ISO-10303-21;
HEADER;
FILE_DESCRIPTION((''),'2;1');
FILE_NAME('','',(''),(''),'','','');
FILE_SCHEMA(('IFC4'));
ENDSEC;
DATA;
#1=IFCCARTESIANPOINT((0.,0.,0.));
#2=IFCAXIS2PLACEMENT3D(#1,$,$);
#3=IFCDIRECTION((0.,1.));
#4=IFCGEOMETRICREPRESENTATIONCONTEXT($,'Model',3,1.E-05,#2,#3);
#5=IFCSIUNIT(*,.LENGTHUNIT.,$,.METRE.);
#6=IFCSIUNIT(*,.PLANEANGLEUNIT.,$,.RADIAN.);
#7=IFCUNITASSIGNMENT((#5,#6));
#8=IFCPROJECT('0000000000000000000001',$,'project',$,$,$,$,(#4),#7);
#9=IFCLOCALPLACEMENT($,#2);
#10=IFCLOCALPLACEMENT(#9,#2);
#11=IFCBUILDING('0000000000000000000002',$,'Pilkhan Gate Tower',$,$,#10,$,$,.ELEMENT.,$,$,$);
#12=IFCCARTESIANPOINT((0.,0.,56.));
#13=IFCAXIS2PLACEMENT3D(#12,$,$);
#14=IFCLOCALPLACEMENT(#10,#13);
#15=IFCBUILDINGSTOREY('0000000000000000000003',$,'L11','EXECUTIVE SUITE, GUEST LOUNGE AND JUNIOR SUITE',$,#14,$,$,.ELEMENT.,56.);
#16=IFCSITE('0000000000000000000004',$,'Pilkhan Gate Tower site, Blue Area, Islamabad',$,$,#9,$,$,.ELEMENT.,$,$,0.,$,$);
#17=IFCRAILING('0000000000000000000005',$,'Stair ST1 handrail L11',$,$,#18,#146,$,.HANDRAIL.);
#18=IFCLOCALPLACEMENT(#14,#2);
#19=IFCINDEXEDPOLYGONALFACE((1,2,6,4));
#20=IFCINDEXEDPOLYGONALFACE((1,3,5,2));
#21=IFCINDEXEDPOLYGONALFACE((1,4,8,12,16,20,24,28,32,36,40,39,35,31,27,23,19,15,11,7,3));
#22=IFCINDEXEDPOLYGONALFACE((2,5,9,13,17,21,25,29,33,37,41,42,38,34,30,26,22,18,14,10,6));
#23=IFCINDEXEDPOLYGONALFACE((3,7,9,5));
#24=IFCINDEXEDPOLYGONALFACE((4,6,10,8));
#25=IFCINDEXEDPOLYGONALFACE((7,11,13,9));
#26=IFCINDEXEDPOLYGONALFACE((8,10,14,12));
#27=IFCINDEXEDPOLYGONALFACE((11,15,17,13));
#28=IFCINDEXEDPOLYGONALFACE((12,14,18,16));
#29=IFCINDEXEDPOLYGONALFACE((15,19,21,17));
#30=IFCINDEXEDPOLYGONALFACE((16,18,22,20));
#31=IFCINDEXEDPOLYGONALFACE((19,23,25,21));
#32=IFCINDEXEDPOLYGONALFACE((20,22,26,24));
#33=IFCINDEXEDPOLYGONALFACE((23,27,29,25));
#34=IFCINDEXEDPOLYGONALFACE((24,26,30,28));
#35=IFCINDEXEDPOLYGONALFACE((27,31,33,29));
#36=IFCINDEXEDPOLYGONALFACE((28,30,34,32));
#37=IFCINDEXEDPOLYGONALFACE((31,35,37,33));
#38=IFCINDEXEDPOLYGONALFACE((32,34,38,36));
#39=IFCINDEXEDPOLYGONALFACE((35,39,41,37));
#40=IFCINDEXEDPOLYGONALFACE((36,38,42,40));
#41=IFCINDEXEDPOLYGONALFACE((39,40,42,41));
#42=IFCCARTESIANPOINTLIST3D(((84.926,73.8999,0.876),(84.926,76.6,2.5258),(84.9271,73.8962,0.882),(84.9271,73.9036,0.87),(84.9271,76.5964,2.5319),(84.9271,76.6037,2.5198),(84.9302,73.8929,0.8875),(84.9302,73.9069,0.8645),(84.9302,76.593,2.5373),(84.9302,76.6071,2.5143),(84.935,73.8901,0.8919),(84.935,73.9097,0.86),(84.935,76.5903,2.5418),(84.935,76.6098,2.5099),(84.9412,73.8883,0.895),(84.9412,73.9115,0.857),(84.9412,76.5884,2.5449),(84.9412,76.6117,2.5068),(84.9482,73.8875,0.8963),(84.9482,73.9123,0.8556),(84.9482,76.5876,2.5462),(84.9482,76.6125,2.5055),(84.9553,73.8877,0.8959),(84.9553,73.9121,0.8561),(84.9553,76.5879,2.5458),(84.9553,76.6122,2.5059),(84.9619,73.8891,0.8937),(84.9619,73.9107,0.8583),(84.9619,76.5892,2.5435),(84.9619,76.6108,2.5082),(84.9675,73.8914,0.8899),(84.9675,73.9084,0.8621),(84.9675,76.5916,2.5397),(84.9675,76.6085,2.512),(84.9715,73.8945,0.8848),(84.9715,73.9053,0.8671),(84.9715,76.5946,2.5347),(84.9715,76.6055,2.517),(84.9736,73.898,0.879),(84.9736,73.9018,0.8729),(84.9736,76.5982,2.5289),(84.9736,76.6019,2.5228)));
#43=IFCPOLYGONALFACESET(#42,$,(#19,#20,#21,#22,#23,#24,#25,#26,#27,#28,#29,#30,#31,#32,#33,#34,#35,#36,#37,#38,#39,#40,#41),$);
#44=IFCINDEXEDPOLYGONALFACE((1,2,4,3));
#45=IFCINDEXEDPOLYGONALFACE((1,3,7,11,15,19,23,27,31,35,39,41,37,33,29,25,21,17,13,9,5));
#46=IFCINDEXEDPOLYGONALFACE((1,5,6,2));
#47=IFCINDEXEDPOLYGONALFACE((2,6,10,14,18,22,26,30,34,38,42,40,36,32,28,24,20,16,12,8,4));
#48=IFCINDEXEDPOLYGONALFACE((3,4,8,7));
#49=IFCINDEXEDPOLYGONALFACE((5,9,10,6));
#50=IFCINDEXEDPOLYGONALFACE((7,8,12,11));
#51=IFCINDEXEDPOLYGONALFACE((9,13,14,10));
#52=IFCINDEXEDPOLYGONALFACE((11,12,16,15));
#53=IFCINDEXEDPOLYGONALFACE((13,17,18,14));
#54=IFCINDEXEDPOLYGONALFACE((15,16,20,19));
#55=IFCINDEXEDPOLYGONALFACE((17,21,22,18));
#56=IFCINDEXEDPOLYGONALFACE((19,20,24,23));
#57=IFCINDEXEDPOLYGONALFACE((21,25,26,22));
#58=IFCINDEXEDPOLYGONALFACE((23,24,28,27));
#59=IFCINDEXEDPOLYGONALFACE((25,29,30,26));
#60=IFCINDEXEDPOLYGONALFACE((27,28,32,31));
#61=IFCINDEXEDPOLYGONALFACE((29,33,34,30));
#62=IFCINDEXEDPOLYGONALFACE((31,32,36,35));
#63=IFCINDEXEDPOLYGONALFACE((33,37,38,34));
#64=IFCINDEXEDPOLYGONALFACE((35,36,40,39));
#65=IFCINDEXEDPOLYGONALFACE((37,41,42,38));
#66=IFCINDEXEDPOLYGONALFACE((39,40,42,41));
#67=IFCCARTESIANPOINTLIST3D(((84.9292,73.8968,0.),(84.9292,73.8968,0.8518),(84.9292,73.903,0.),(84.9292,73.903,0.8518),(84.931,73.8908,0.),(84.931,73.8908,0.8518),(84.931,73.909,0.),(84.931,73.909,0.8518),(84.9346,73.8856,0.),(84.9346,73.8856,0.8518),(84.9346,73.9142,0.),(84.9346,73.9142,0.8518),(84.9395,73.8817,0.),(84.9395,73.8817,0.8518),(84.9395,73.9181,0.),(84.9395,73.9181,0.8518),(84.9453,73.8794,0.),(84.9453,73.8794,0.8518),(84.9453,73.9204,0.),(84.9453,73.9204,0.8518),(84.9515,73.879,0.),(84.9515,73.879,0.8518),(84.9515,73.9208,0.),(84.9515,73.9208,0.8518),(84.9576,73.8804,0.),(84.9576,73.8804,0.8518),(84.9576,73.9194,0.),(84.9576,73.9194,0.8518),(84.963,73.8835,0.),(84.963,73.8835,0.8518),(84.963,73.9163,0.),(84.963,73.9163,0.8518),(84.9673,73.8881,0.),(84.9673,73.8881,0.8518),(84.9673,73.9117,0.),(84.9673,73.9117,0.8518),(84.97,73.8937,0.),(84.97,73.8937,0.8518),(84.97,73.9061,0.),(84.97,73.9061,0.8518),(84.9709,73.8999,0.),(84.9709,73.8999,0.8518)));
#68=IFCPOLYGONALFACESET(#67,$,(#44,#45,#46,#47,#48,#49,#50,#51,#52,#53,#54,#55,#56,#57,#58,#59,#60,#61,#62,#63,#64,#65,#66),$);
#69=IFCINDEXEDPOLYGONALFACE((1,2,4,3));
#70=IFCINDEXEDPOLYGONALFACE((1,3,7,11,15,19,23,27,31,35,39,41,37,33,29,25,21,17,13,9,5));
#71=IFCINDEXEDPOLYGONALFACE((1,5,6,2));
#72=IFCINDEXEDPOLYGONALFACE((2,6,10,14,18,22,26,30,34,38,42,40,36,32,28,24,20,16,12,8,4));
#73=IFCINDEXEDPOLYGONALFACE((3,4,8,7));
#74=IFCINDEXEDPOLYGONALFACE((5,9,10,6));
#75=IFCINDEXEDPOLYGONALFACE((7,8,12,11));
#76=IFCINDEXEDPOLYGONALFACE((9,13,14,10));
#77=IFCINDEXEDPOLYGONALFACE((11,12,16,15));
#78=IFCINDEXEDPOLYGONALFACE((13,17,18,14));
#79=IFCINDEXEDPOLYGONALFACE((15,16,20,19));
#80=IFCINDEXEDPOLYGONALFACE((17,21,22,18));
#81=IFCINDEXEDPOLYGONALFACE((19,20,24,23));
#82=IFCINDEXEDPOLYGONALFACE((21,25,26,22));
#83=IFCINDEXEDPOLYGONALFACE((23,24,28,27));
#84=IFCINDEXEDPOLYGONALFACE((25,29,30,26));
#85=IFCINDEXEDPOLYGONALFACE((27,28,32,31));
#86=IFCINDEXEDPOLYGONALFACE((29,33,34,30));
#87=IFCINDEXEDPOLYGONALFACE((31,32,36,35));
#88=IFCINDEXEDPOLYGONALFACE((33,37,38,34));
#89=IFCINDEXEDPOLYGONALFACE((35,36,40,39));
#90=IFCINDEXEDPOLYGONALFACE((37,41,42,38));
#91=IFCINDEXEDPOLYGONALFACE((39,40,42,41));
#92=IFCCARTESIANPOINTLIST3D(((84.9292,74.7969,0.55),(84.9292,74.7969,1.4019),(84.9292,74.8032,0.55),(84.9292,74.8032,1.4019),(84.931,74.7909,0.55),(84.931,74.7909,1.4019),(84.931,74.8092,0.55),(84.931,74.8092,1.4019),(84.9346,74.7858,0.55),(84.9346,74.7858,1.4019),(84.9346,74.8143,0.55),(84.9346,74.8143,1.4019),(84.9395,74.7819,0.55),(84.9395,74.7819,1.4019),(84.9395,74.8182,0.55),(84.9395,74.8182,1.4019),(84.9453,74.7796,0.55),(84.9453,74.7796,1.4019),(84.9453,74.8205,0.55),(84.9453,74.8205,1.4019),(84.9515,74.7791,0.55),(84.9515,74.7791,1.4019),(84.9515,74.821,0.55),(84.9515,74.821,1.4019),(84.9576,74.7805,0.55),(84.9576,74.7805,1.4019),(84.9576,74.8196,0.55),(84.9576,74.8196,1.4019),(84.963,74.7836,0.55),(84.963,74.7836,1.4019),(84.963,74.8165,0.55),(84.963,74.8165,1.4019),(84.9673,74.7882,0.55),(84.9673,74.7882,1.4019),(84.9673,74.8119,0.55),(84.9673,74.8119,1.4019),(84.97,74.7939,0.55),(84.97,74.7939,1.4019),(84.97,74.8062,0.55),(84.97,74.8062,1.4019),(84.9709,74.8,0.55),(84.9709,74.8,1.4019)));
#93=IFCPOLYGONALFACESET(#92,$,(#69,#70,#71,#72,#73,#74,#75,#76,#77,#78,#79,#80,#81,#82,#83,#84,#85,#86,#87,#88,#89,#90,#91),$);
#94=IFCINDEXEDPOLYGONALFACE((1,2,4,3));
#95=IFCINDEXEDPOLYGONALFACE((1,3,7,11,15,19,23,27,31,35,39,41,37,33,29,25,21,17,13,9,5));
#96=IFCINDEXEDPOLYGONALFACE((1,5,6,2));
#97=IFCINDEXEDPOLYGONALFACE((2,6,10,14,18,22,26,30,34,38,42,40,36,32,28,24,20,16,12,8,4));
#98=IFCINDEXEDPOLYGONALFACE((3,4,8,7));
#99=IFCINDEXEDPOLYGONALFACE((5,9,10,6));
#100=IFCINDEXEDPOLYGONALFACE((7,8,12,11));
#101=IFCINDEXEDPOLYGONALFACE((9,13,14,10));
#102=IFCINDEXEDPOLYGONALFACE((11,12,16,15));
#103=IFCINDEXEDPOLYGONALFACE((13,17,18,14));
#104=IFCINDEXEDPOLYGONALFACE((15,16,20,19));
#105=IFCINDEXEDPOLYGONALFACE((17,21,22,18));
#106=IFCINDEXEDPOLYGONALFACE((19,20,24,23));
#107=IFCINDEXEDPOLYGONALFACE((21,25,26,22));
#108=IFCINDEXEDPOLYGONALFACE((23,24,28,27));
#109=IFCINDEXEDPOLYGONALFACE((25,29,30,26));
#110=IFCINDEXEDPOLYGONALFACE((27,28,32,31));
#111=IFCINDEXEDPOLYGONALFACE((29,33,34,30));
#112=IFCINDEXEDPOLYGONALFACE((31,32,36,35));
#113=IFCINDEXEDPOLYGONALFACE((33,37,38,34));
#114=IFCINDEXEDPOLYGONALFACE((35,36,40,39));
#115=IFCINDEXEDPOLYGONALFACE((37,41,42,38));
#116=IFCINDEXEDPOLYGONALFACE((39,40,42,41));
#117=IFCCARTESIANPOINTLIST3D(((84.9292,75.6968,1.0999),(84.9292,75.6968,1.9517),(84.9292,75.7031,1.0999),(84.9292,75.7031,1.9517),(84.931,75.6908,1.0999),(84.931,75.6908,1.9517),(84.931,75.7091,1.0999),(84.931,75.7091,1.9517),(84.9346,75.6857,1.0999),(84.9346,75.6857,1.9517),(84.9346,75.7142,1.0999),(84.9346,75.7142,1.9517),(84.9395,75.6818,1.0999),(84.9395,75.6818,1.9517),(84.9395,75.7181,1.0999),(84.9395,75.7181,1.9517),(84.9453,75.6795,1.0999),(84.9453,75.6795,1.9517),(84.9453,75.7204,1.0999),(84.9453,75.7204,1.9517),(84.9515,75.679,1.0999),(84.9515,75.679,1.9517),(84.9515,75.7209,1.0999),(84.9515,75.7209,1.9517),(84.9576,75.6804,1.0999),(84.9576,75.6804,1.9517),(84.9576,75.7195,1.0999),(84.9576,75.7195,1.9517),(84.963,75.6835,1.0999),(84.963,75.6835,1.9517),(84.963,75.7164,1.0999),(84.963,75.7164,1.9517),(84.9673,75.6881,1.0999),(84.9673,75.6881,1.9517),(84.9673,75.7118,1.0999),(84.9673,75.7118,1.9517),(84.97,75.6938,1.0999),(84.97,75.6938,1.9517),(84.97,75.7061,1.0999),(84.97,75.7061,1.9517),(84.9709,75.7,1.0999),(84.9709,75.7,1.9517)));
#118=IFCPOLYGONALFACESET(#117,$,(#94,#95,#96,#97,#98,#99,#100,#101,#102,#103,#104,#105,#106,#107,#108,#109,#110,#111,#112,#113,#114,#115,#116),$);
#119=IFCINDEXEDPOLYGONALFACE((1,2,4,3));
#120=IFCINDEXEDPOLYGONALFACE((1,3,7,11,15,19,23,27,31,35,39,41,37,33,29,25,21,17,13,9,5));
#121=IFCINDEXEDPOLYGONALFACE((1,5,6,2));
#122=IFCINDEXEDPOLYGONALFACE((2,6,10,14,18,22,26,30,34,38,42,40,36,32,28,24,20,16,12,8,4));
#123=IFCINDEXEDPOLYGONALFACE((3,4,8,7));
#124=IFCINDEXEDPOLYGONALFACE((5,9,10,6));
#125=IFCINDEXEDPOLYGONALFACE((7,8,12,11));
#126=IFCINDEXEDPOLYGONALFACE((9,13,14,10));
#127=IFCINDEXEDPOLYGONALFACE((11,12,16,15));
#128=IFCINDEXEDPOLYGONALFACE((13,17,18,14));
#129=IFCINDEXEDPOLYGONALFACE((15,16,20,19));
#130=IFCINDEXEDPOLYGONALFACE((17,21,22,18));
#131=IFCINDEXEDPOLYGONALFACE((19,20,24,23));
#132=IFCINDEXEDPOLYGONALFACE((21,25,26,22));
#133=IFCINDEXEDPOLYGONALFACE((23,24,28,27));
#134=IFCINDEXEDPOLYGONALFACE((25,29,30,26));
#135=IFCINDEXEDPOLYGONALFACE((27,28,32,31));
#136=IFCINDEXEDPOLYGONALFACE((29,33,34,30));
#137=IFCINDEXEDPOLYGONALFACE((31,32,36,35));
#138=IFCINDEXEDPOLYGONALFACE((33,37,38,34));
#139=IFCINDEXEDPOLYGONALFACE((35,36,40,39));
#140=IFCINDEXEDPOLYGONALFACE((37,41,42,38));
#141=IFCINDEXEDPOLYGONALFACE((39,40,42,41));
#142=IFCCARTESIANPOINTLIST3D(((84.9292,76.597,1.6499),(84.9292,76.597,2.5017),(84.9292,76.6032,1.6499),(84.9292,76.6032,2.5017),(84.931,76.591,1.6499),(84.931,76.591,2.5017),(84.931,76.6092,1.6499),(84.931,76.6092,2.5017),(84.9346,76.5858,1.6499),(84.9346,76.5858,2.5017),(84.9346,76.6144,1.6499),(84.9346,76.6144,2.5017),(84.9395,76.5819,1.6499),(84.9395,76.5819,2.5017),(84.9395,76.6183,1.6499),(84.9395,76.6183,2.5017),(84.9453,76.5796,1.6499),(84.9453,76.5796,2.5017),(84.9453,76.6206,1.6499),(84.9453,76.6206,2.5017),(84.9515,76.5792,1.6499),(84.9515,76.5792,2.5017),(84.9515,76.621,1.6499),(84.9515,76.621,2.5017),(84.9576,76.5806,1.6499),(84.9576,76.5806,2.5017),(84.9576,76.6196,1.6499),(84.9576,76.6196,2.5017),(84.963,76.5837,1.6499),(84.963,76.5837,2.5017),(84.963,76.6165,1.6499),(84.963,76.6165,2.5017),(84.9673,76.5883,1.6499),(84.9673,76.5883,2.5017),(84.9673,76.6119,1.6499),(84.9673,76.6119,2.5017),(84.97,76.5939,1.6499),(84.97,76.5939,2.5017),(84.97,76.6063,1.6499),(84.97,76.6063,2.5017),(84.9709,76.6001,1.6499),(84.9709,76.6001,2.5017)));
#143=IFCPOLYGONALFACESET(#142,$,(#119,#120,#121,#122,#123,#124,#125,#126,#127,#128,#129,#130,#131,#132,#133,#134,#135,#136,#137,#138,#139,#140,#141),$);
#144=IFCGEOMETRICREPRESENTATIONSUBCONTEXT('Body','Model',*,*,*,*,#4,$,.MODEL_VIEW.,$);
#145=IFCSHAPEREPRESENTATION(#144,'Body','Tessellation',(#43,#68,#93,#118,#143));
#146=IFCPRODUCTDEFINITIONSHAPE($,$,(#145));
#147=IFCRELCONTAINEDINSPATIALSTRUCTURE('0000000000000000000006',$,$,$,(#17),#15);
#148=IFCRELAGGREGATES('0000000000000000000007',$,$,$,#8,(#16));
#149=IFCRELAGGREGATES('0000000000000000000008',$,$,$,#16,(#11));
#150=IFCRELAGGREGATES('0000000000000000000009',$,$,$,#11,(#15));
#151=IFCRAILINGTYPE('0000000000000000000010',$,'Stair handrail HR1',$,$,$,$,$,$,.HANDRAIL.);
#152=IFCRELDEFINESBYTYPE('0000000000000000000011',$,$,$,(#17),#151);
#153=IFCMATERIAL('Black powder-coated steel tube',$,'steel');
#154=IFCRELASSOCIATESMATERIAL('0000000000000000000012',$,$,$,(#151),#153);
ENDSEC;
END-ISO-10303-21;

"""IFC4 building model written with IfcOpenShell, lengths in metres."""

from ifc_helpers import new_model, si_unit, direction, frame, origin, origin_2d, place, context, subcontext, project, spatial, circle, extrude, material, type_object, element, save


model = new_model("IFC4")

# Units and contexts
model_context = context("Model", 3, precision=1e-05, world=origin(), true_north=direction((0.0, 1.0)))
body_context = subcontext(model_context, "Body", "Model", "MODEL_VIEW")
ifc_project = project(units=[si_unit("LENGTHUNIT", "METRE"), si_unit("PLANEANGLEUNIT", "RADIAN")], contexts=[model_context])

# Site, building, storey
site_placement = place(None, origin())
site = spatial("IfcSite", under=ifc_project, at=site_placement, Name="Pilkhan Gate Tower site, Blue Area, Islamabad", CompositionType="ELEMENT", RefElevation=0.0)
building_placement = place(site_placement, origin())
building = spatial("IfcBuilding", under=site, at=building_placement, Name="Pilkhan Gate Tower", CompositionType="ELEMENT")
storey_placement = place(building_placement, frame((0.0, 0.0, 56.0)))
storey = spatial("IfcBuildingStorey", under=building, at=storey_placement, Name="L11", Description="EXECUTIVE SUITE, GUEST LOUNGE AND JUNIOR SUITE", CompositionType="ELEMENT", Elevation=56.0)

# Railing
ifc_material_1 = material(Name="Black powder-coated steel tube", Category="steel")
railing_type_1 = type_object("IfcRailingType", Name="Stair handrail HR1", PredefinedType="HANDRAIL", material=ifc_material_1)
railing_1_placement = place(storey_placement, frame((84.95, 73.8999, 0.0)))
element("IfcRailing", 1, at=railing_1_placement, inside=storey, type_object=railing_type_1, Name="Stair ST1 handrail L11", PredefinedType="HANDRAIL", context=body_context, shape_type="SweptSolid", body=[
    extrude(circle(Radius=0.0239, at=origin_2d()), frame((0.0, 0.0, 0.876), z_axis=(0.0, 0.853312, 0.5214), x_axis=(-1.0, 0.0, 0.0)), (0.0, 0.0, 1.0), 3.1643),
    extrude(circle(Radius=0.021, at=origin_2d()), origin(), (0.0, 0.0, 1.0), 0.8518),
    extrude(circle(Radius=0.021, at=origin_2d()), frame((0.0, 0.9001, 0.55)), (0.0, 0.0, 1.0), 0.8518),
    extrude(circle(Radius=0.021, at=origin_2d()), frame((0.0, 1.8, 1.0999)), (0.0, 0.0, 1.0), 0.8518),
    extrude(circle(Radius=0.021, at=origin_2d()), frame((0.0, 2.7002, 1.6499)), (0.0, 0.0, 1.0), 0.8518),
])

save(model, "model.ifc")
